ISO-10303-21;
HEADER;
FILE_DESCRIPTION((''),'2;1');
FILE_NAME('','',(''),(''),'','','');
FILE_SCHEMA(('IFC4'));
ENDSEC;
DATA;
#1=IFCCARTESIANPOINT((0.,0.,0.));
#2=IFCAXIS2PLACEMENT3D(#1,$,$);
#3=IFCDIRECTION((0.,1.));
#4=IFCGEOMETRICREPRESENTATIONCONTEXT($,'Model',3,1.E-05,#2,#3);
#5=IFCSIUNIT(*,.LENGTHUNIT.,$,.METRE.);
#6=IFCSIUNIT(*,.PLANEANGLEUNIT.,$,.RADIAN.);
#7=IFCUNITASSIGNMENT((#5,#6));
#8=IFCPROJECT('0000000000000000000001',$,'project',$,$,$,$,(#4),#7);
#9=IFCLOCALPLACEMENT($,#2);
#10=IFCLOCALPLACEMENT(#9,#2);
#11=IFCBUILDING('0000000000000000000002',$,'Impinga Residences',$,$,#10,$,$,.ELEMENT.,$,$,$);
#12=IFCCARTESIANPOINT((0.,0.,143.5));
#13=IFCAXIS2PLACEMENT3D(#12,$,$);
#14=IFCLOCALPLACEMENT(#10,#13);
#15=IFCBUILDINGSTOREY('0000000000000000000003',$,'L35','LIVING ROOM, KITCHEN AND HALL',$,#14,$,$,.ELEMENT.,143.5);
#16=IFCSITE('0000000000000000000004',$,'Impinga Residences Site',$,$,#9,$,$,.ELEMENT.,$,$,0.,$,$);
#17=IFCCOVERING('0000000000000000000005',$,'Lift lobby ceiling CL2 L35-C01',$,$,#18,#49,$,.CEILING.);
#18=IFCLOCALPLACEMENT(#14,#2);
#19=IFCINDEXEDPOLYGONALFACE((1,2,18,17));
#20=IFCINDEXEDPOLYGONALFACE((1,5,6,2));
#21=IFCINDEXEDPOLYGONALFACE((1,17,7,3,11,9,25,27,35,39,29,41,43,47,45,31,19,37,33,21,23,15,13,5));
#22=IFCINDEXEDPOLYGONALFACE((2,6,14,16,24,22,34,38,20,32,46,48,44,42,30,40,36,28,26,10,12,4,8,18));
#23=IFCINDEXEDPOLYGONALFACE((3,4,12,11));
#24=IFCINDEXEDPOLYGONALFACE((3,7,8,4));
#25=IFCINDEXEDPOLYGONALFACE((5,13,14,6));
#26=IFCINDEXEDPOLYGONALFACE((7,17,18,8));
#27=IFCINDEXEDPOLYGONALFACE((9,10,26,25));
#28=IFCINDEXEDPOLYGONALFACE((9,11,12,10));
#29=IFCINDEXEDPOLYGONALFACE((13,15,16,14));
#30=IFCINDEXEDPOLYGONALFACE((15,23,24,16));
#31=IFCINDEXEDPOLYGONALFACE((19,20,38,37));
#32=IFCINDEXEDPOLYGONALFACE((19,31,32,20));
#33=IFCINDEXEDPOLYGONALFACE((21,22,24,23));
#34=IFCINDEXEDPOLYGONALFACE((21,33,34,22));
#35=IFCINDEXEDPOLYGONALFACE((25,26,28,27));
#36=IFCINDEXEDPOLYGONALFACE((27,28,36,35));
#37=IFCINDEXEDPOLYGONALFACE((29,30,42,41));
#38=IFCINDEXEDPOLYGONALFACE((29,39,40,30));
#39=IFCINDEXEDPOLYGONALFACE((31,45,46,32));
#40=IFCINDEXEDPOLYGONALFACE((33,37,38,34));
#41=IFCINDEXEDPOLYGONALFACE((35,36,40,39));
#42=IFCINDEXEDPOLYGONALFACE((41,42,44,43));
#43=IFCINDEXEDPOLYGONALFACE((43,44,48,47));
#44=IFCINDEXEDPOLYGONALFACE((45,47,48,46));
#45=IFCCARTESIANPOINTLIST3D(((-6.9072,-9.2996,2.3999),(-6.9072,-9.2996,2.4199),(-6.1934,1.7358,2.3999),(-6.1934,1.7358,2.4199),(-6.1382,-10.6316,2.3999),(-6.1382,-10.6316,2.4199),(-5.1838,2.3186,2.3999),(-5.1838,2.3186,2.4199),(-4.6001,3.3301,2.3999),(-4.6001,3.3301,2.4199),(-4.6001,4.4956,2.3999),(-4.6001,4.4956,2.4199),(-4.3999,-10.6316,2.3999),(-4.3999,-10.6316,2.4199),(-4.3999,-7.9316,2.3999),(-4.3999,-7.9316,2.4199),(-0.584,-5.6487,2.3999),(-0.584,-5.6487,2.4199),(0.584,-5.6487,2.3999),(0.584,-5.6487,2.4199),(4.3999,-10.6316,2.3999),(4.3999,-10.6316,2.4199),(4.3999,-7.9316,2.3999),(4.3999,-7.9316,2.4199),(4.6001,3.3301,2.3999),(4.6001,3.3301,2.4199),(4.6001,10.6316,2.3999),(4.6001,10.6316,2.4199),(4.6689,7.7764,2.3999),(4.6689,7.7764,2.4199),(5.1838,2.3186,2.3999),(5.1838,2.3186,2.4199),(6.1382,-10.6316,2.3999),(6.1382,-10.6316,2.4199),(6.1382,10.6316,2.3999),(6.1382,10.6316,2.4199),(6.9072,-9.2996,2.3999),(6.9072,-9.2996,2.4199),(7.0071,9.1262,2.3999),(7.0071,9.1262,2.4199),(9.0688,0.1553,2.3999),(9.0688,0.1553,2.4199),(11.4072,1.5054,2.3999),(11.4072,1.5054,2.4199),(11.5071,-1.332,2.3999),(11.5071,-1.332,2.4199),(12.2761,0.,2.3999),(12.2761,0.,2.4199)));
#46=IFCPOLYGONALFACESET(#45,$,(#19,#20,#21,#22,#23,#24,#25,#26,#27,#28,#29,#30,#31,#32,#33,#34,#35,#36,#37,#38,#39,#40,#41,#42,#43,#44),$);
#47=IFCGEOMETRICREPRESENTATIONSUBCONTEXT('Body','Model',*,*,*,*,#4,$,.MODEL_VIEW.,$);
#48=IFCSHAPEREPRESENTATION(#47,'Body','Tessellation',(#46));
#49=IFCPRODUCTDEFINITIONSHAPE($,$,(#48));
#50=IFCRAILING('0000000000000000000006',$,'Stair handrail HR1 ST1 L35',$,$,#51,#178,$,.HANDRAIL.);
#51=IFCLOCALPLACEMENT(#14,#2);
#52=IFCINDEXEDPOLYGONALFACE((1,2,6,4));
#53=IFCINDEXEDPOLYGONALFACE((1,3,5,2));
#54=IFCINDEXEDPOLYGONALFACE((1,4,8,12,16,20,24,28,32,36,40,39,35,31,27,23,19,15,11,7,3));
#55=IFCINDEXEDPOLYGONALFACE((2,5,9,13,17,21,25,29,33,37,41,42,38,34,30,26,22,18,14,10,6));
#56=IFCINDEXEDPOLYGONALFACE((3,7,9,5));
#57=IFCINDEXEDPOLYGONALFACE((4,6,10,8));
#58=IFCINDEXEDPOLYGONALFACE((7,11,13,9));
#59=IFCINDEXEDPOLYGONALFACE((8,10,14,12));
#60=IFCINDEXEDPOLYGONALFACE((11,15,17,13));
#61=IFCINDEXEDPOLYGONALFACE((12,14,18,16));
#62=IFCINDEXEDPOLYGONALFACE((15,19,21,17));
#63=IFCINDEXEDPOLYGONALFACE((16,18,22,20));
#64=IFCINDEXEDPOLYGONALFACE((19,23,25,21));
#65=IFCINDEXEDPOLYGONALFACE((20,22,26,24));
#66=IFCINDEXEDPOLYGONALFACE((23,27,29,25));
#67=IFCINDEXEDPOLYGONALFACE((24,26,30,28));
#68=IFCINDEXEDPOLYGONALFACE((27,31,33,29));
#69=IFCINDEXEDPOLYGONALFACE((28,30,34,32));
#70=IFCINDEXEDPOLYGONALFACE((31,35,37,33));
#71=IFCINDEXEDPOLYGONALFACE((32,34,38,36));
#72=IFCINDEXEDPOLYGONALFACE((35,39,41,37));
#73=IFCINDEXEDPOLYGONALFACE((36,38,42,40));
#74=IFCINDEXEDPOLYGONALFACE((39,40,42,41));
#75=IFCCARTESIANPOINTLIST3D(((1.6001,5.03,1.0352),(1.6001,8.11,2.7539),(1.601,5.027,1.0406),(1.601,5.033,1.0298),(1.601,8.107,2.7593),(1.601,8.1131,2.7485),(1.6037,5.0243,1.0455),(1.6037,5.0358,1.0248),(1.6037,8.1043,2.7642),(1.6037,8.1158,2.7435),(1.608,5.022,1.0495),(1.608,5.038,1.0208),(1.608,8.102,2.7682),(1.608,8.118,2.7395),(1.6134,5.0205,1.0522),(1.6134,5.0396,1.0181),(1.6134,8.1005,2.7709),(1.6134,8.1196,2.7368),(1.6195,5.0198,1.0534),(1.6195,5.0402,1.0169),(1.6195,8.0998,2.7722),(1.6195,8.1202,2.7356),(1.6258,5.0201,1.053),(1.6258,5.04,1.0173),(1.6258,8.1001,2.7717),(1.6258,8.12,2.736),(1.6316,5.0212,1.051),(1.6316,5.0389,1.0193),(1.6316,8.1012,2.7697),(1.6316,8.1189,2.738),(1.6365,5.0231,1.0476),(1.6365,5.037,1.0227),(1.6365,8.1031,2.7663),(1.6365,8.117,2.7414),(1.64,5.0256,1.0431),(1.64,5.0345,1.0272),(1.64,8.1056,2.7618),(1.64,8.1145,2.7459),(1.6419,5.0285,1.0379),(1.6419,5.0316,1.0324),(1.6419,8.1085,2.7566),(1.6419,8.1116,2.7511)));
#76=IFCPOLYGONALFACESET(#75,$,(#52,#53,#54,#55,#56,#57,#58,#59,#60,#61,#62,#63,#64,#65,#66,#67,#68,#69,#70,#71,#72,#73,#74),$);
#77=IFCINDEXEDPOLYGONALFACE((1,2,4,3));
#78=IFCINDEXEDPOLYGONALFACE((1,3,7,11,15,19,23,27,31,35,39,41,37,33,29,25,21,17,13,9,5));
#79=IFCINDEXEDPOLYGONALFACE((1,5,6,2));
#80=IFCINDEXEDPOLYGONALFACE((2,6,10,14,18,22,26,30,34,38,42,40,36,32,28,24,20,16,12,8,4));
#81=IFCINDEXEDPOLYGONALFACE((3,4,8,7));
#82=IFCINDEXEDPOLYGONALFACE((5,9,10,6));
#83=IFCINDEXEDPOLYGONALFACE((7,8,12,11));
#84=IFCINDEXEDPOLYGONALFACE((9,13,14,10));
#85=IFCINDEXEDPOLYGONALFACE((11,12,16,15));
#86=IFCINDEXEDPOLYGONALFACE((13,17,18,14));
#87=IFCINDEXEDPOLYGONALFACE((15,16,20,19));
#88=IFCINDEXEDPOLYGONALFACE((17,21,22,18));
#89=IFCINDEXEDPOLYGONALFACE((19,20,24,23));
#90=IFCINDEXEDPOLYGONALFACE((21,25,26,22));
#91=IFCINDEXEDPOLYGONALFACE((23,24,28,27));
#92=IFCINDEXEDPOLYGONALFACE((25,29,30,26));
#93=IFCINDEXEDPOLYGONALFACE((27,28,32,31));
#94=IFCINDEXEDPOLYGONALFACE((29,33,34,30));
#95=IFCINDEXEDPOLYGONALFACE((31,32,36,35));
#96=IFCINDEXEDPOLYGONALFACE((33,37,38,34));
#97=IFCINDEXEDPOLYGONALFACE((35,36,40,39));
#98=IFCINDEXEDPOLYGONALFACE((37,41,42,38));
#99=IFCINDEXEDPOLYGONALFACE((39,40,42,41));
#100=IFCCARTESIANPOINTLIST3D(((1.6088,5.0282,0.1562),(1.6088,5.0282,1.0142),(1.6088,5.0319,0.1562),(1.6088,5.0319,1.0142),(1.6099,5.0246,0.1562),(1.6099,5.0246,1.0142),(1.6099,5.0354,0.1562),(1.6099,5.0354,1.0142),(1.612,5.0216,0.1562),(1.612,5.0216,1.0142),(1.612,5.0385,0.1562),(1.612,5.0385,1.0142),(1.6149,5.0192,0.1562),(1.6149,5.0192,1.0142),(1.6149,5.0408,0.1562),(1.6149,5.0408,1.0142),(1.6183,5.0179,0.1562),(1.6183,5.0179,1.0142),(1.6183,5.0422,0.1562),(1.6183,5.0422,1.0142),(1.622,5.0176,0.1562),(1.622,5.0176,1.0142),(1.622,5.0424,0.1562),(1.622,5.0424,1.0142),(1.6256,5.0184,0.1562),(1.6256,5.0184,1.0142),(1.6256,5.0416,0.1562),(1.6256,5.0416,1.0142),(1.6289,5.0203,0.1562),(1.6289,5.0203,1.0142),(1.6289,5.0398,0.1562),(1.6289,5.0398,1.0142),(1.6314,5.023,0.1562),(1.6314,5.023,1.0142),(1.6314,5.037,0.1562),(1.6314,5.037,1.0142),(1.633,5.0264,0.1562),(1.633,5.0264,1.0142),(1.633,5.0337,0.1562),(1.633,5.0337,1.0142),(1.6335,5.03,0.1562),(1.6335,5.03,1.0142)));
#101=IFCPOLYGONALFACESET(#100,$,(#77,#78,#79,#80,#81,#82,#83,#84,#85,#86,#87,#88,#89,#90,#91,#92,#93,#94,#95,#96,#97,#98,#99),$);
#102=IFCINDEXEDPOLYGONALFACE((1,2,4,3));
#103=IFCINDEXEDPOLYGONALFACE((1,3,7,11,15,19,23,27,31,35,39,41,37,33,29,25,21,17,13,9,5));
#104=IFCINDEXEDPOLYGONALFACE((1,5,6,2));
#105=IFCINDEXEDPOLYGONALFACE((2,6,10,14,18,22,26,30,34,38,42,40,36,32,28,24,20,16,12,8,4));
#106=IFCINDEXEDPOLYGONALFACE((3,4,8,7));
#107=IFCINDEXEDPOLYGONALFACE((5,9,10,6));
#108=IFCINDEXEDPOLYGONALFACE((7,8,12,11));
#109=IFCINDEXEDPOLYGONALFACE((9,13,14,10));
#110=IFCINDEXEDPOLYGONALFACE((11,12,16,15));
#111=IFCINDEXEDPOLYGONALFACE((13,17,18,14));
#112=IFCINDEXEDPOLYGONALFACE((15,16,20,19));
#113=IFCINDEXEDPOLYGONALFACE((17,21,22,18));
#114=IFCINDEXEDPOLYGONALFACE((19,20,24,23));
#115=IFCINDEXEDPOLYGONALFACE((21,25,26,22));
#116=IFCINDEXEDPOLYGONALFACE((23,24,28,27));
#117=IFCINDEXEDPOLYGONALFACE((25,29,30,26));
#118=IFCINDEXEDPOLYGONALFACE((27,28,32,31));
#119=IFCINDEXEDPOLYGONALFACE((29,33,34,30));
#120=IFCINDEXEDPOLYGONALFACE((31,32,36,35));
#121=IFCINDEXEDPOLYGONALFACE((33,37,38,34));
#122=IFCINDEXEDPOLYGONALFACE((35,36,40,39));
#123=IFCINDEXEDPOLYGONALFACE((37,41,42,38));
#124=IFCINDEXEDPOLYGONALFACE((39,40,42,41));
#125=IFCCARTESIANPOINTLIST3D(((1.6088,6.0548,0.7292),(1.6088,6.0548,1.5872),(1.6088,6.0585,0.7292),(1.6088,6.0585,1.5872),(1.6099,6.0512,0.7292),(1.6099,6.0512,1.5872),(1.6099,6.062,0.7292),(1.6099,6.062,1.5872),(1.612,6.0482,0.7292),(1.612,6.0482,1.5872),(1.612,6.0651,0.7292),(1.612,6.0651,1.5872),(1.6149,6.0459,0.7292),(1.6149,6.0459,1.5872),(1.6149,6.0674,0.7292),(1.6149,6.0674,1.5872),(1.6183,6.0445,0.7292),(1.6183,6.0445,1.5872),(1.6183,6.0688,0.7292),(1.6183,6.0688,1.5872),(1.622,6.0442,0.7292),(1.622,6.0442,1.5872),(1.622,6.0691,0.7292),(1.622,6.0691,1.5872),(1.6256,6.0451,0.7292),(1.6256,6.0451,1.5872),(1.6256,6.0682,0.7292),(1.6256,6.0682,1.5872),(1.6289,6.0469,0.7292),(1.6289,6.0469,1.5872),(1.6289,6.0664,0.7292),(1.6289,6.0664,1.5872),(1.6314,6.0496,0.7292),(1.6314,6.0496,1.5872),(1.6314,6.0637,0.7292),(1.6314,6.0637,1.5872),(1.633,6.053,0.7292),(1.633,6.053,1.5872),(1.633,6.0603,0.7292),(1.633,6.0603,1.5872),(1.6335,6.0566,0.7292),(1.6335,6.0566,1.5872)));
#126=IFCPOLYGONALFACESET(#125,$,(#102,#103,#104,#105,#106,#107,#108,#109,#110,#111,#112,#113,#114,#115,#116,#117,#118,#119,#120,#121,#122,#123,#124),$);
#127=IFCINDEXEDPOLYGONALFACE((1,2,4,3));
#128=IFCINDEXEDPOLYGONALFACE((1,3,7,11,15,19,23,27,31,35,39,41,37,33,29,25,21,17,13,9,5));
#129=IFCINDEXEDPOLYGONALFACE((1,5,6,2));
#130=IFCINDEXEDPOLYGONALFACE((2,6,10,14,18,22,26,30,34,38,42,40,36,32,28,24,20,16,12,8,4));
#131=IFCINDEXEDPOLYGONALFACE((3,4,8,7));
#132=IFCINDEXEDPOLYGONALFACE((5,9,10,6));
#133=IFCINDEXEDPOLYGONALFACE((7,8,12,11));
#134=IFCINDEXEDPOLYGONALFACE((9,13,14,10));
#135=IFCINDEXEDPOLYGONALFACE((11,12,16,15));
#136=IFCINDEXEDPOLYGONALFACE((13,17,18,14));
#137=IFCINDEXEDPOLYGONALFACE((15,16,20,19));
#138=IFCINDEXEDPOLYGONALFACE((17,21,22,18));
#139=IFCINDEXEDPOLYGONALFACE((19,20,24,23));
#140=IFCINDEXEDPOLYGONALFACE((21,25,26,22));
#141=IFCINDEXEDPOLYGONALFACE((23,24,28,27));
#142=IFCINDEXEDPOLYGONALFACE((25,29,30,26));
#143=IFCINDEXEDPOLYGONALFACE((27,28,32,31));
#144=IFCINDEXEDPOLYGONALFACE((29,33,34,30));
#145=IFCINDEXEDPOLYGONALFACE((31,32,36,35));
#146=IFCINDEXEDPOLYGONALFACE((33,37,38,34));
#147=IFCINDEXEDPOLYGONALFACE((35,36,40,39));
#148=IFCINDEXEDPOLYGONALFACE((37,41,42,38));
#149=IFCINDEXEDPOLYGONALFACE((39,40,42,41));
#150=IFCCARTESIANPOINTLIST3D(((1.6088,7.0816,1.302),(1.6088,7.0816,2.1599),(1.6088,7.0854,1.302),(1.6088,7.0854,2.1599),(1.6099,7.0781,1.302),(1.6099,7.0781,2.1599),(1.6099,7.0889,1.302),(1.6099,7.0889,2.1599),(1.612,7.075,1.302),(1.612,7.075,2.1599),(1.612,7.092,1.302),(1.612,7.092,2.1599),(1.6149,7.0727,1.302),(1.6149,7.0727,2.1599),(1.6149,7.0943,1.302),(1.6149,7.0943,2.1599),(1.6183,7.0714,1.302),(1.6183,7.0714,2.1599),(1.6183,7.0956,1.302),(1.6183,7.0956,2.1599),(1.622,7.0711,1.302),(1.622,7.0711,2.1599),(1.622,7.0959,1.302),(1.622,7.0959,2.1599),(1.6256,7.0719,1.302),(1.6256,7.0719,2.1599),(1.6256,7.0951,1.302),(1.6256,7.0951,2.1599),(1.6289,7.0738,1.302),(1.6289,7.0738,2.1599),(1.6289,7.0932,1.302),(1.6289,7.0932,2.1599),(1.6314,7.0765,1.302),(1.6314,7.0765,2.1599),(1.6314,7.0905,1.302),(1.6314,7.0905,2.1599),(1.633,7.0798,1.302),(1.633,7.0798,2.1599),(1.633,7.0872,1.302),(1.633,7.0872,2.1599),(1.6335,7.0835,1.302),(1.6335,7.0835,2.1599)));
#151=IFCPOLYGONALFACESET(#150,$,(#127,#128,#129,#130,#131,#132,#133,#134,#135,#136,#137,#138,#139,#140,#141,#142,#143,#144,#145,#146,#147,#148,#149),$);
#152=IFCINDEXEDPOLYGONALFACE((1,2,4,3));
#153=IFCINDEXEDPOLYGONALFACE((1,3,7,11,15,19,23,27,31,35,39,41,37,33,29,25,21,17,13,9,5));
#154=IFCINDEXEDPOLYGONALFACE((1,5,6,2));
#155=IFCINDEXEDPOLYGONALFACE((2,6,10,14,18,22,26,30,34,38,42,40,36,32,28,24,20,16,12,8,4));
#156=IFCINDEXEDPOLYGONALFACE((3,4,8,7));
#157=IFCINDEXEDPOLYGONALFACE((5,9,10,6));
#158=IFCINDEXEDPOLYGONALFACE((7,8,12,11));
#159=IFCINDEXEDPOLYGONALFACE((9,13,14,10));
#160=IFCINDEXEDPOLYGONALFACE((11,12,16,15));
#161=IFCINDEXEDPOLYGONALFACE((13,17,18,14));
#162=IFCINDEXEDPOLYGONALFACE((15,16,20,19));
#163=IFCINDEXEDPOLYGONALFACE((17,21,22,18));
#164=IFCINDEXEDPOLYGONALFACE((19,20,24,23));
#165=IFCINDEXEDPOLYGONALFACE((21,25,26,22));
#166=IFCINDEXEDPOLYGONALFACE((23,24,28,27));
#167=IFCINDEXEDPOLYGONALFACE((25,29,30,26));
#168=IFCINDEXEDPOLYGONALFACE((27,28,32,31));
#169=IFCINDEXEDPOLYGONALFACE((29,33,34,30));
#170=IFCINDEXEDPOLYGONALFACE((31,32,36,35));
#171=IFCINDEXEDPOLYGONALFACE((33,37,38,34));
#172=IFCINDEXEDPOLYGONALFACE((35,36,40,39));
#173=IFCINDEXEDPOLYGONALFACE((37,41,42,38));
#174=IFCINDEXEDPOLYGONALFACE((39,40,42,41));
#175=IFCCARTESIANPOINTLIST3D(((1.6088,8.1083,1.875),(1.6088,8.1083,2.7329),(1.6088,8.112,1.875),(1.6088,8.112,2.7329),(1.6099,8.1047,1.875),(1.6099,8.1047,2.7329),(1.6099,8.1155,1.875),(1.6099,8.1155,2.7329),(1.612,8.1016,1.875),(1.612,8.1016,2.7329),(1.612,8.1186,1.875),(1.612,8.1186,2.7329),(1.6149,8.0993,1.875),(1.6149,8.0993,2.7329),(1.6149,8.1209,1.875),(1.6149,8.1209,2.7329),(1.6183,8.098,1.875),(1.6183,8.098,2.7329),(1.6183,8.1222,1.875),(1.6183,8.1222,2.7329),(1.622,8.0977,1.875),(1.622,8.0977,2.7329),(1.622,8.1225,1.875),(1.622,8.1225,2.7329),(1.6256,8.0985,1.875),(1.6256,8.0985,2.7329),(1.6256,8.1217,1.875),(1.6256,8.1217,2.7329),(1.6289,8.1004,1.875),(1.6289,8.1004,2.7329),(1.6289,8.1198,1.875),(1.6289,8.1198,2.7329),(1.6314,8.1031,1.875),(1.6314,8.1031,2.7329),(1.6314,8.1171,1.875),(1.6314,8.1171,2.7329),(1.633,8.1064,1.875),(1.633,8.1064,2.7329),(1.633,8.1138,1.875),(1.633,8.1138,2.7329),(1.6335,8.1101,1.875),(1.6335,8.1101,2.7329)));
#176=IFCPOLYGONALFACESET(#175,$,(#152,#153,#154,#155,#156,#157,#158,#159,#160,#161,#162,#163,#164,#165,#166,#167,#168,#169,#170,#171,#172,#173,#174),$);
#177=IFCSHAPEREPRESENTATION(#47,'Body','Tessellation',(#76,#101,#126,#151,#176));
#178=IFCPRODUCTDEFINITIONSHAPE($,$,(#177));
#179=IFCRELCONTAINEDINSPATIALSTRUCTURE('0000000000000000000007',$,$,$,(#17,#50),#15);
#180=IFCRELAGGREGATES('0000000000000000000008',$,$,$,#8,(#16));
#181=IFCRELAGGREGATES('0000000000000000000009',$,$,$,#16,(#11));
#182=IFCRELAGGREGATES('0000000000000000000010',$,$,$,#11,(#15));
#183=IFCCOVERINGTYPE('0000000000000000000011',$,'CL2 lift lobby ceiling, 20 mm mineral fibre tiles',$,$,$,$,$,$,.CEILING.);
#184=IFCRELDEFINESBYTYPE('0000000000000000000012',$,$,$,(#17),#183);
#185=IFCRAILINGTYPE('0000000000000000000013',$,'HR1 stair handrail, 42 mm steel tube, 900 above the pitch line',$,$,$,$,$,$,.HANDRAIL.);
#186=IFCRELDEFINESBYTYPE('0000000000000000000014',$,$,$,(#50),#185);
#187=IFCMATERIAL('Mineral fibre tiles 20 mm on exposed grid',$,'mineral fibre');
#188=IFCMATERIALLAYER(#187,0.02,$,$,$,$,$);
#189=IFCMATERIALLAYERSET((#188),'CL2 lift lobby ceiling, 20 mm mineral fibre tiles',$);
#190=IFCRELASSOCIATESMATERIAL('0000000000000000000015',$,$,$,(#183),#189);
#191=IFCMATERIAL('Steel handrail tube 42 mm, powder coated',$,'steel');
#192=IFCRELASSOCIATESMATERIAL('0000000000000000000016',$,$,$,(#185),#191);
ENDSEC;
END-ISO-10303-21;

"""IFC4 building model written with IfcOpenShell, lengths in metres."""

from ifc_helpers import new_model, si_unit, direction, frame, origin, origin_2d, place, context, subcontext, project, spatial, polyline, circle, outline, extrude, material, layer, layer_set, type_object, element, save


model = new_model("IFC4")

# Units and contexts
model_context = context("Model", 3, precision=1e-05, world=origin(), true_north=direction((0.0, 1.0)))
body_context = subcontext(model_context, "Body", "Model", "MODEL_VIEW")
ifc_project = project(units=[si_unit("LENGTHUNIT", "METRE"), si_unit("PLANEANGLEUNIT", "RADIAN")], contexts=[model_context])

# Site, building, storey
site_placement = place(None, origin())
site = spatial("IfcSite", under=ifc_project, at=site_placement, Name="Impinga Residences Site", CompositionType="ELEMENT", RefElevation=0.0)
building_placement = place(site_placement, origin())
building = spatial("IfcBuilding", under=site, at=building_placement, Name="Impinga Residences", CompositionType="ELEMENT")
storey_placement = place(building_placement, frame((0.0, 0.0, 143.5)))
storey = spatial("IfcBuildingStorey", under=building, at=storey_placement, Name="L35", Description="LIVING ROOM, KITCHEN AND HALL", CompositionType="ELEMENT", Elevation=143.5)

# Covering
ifc_material_1 = material(Name="Mineral fibre tiles 20 mm on exposed grid", Category="mineral fibre")
ifc_layer_1 = layer(ifc_material_1, 0.02)
ifc_layer_set_1 = layer_set([ifc_layer_1], Name="CL2 lift lobby ceiling, 20 mm mineral fibre tiles")
covering_type_1 = type_object("IfcCoveringType", Name="CL2 lift lobby ceiling, 20 mm mineral fibre tiles", PredefinedType="CEILING", material=ifc_layer_set_1)
covering_1_placement = place(storey_placement, frame((0.0, 0.0, 2.3999)))
element("IfcCovering", 1, at=covering_1_placement, inside=storey, type_object=covering_type_1, Name="Lift lobby ceiling CL2 L35-C01", PredefinedType="CEILING", context=body_context, shape_type="SweptSolid", body=[
    extrude(outline(polyline([(5.1838, 2.3186), (0.584, -5.6487), (6.9072, -9.2996), (6.1382, -10.6316), (4.3999, -10.6316), (4.3999, -7.9316), (-4.3999, -7.9316), (-4.3999, -10.6316), (-6.1382, -10.6316), (-6.9072, -9.2996), (-0.584, -5.6487), (-5.1838, 2.3186), (-6.1934, 1.7358), (-4.6001, 4.4956), (-4.6001, 3.3301), (4.6001, 3.3301), (4.6001, 10.6316), (6.1382, 10.6316), (7.0071, 9.1262), (4.6689, 7.7764), (9.0688, 0.1553), (11.4072, 1.5054), (12.2761, 0.0), (11.5071, -1.332), (5.1838, 2.3186)])), origin(), (0.0, 0.0, 1.0), 0.02),
])

# Railing
ifc_material_2 = material(Name="Steel handrail tube 42 mm, powder coated", Category="steel")
railing_type = type_object("IfcRailingType", Name="HR1 stair handrail, 42 mm steel tube, 900 above the pitch line", PredefinedType="HANDRAIL", material=ifc_material_2)
railing_placement = place(storey_placement, frame((1.6211, 5.03, 0.1562)))
element("IfcRailing", 2, at=railing_placement, inside=storey, type_object=railing_type, Name="Stair handrail HR1 ST1 L35", PredefinedType="HANDRAIL", context=body_context, shape_type="SweptSolid", body=[
    extrude(circle(Radius=0.021, at=origin_2d()), frame((0.0, 0.0, 0.8789), z_axis=(0.0, 0.873242, 0.487288), x_axis=(-1.0, 0.0, 0.0)), (0.0, 0.0, 1.0), 3.5271),
    extrude(circle(Radius=0.0125, at=origin_2d()), origin(), (0.0, 0.0, 1.0), 0.8579),
    extrude(circle(Radius=0.0125, at=origin_2d()), frame((0.0, 1.0266, 0.573)), (0.0, 0.0, 1.0), 0.8579),
    extrude(circle(Radius=0.0125, at=origin_2d()), frame((0.0, 2.0535, 1.1458)), (0.0, 0.0, 1.0), 0.8579),
    extrude(circle(Radius=0.0125, at=origin_2d()), frame((0.0, 3.0801, 1.7188)), (0.0, 0.0, 1.0), 0.8579),
])

save(model, "model.ifc")
